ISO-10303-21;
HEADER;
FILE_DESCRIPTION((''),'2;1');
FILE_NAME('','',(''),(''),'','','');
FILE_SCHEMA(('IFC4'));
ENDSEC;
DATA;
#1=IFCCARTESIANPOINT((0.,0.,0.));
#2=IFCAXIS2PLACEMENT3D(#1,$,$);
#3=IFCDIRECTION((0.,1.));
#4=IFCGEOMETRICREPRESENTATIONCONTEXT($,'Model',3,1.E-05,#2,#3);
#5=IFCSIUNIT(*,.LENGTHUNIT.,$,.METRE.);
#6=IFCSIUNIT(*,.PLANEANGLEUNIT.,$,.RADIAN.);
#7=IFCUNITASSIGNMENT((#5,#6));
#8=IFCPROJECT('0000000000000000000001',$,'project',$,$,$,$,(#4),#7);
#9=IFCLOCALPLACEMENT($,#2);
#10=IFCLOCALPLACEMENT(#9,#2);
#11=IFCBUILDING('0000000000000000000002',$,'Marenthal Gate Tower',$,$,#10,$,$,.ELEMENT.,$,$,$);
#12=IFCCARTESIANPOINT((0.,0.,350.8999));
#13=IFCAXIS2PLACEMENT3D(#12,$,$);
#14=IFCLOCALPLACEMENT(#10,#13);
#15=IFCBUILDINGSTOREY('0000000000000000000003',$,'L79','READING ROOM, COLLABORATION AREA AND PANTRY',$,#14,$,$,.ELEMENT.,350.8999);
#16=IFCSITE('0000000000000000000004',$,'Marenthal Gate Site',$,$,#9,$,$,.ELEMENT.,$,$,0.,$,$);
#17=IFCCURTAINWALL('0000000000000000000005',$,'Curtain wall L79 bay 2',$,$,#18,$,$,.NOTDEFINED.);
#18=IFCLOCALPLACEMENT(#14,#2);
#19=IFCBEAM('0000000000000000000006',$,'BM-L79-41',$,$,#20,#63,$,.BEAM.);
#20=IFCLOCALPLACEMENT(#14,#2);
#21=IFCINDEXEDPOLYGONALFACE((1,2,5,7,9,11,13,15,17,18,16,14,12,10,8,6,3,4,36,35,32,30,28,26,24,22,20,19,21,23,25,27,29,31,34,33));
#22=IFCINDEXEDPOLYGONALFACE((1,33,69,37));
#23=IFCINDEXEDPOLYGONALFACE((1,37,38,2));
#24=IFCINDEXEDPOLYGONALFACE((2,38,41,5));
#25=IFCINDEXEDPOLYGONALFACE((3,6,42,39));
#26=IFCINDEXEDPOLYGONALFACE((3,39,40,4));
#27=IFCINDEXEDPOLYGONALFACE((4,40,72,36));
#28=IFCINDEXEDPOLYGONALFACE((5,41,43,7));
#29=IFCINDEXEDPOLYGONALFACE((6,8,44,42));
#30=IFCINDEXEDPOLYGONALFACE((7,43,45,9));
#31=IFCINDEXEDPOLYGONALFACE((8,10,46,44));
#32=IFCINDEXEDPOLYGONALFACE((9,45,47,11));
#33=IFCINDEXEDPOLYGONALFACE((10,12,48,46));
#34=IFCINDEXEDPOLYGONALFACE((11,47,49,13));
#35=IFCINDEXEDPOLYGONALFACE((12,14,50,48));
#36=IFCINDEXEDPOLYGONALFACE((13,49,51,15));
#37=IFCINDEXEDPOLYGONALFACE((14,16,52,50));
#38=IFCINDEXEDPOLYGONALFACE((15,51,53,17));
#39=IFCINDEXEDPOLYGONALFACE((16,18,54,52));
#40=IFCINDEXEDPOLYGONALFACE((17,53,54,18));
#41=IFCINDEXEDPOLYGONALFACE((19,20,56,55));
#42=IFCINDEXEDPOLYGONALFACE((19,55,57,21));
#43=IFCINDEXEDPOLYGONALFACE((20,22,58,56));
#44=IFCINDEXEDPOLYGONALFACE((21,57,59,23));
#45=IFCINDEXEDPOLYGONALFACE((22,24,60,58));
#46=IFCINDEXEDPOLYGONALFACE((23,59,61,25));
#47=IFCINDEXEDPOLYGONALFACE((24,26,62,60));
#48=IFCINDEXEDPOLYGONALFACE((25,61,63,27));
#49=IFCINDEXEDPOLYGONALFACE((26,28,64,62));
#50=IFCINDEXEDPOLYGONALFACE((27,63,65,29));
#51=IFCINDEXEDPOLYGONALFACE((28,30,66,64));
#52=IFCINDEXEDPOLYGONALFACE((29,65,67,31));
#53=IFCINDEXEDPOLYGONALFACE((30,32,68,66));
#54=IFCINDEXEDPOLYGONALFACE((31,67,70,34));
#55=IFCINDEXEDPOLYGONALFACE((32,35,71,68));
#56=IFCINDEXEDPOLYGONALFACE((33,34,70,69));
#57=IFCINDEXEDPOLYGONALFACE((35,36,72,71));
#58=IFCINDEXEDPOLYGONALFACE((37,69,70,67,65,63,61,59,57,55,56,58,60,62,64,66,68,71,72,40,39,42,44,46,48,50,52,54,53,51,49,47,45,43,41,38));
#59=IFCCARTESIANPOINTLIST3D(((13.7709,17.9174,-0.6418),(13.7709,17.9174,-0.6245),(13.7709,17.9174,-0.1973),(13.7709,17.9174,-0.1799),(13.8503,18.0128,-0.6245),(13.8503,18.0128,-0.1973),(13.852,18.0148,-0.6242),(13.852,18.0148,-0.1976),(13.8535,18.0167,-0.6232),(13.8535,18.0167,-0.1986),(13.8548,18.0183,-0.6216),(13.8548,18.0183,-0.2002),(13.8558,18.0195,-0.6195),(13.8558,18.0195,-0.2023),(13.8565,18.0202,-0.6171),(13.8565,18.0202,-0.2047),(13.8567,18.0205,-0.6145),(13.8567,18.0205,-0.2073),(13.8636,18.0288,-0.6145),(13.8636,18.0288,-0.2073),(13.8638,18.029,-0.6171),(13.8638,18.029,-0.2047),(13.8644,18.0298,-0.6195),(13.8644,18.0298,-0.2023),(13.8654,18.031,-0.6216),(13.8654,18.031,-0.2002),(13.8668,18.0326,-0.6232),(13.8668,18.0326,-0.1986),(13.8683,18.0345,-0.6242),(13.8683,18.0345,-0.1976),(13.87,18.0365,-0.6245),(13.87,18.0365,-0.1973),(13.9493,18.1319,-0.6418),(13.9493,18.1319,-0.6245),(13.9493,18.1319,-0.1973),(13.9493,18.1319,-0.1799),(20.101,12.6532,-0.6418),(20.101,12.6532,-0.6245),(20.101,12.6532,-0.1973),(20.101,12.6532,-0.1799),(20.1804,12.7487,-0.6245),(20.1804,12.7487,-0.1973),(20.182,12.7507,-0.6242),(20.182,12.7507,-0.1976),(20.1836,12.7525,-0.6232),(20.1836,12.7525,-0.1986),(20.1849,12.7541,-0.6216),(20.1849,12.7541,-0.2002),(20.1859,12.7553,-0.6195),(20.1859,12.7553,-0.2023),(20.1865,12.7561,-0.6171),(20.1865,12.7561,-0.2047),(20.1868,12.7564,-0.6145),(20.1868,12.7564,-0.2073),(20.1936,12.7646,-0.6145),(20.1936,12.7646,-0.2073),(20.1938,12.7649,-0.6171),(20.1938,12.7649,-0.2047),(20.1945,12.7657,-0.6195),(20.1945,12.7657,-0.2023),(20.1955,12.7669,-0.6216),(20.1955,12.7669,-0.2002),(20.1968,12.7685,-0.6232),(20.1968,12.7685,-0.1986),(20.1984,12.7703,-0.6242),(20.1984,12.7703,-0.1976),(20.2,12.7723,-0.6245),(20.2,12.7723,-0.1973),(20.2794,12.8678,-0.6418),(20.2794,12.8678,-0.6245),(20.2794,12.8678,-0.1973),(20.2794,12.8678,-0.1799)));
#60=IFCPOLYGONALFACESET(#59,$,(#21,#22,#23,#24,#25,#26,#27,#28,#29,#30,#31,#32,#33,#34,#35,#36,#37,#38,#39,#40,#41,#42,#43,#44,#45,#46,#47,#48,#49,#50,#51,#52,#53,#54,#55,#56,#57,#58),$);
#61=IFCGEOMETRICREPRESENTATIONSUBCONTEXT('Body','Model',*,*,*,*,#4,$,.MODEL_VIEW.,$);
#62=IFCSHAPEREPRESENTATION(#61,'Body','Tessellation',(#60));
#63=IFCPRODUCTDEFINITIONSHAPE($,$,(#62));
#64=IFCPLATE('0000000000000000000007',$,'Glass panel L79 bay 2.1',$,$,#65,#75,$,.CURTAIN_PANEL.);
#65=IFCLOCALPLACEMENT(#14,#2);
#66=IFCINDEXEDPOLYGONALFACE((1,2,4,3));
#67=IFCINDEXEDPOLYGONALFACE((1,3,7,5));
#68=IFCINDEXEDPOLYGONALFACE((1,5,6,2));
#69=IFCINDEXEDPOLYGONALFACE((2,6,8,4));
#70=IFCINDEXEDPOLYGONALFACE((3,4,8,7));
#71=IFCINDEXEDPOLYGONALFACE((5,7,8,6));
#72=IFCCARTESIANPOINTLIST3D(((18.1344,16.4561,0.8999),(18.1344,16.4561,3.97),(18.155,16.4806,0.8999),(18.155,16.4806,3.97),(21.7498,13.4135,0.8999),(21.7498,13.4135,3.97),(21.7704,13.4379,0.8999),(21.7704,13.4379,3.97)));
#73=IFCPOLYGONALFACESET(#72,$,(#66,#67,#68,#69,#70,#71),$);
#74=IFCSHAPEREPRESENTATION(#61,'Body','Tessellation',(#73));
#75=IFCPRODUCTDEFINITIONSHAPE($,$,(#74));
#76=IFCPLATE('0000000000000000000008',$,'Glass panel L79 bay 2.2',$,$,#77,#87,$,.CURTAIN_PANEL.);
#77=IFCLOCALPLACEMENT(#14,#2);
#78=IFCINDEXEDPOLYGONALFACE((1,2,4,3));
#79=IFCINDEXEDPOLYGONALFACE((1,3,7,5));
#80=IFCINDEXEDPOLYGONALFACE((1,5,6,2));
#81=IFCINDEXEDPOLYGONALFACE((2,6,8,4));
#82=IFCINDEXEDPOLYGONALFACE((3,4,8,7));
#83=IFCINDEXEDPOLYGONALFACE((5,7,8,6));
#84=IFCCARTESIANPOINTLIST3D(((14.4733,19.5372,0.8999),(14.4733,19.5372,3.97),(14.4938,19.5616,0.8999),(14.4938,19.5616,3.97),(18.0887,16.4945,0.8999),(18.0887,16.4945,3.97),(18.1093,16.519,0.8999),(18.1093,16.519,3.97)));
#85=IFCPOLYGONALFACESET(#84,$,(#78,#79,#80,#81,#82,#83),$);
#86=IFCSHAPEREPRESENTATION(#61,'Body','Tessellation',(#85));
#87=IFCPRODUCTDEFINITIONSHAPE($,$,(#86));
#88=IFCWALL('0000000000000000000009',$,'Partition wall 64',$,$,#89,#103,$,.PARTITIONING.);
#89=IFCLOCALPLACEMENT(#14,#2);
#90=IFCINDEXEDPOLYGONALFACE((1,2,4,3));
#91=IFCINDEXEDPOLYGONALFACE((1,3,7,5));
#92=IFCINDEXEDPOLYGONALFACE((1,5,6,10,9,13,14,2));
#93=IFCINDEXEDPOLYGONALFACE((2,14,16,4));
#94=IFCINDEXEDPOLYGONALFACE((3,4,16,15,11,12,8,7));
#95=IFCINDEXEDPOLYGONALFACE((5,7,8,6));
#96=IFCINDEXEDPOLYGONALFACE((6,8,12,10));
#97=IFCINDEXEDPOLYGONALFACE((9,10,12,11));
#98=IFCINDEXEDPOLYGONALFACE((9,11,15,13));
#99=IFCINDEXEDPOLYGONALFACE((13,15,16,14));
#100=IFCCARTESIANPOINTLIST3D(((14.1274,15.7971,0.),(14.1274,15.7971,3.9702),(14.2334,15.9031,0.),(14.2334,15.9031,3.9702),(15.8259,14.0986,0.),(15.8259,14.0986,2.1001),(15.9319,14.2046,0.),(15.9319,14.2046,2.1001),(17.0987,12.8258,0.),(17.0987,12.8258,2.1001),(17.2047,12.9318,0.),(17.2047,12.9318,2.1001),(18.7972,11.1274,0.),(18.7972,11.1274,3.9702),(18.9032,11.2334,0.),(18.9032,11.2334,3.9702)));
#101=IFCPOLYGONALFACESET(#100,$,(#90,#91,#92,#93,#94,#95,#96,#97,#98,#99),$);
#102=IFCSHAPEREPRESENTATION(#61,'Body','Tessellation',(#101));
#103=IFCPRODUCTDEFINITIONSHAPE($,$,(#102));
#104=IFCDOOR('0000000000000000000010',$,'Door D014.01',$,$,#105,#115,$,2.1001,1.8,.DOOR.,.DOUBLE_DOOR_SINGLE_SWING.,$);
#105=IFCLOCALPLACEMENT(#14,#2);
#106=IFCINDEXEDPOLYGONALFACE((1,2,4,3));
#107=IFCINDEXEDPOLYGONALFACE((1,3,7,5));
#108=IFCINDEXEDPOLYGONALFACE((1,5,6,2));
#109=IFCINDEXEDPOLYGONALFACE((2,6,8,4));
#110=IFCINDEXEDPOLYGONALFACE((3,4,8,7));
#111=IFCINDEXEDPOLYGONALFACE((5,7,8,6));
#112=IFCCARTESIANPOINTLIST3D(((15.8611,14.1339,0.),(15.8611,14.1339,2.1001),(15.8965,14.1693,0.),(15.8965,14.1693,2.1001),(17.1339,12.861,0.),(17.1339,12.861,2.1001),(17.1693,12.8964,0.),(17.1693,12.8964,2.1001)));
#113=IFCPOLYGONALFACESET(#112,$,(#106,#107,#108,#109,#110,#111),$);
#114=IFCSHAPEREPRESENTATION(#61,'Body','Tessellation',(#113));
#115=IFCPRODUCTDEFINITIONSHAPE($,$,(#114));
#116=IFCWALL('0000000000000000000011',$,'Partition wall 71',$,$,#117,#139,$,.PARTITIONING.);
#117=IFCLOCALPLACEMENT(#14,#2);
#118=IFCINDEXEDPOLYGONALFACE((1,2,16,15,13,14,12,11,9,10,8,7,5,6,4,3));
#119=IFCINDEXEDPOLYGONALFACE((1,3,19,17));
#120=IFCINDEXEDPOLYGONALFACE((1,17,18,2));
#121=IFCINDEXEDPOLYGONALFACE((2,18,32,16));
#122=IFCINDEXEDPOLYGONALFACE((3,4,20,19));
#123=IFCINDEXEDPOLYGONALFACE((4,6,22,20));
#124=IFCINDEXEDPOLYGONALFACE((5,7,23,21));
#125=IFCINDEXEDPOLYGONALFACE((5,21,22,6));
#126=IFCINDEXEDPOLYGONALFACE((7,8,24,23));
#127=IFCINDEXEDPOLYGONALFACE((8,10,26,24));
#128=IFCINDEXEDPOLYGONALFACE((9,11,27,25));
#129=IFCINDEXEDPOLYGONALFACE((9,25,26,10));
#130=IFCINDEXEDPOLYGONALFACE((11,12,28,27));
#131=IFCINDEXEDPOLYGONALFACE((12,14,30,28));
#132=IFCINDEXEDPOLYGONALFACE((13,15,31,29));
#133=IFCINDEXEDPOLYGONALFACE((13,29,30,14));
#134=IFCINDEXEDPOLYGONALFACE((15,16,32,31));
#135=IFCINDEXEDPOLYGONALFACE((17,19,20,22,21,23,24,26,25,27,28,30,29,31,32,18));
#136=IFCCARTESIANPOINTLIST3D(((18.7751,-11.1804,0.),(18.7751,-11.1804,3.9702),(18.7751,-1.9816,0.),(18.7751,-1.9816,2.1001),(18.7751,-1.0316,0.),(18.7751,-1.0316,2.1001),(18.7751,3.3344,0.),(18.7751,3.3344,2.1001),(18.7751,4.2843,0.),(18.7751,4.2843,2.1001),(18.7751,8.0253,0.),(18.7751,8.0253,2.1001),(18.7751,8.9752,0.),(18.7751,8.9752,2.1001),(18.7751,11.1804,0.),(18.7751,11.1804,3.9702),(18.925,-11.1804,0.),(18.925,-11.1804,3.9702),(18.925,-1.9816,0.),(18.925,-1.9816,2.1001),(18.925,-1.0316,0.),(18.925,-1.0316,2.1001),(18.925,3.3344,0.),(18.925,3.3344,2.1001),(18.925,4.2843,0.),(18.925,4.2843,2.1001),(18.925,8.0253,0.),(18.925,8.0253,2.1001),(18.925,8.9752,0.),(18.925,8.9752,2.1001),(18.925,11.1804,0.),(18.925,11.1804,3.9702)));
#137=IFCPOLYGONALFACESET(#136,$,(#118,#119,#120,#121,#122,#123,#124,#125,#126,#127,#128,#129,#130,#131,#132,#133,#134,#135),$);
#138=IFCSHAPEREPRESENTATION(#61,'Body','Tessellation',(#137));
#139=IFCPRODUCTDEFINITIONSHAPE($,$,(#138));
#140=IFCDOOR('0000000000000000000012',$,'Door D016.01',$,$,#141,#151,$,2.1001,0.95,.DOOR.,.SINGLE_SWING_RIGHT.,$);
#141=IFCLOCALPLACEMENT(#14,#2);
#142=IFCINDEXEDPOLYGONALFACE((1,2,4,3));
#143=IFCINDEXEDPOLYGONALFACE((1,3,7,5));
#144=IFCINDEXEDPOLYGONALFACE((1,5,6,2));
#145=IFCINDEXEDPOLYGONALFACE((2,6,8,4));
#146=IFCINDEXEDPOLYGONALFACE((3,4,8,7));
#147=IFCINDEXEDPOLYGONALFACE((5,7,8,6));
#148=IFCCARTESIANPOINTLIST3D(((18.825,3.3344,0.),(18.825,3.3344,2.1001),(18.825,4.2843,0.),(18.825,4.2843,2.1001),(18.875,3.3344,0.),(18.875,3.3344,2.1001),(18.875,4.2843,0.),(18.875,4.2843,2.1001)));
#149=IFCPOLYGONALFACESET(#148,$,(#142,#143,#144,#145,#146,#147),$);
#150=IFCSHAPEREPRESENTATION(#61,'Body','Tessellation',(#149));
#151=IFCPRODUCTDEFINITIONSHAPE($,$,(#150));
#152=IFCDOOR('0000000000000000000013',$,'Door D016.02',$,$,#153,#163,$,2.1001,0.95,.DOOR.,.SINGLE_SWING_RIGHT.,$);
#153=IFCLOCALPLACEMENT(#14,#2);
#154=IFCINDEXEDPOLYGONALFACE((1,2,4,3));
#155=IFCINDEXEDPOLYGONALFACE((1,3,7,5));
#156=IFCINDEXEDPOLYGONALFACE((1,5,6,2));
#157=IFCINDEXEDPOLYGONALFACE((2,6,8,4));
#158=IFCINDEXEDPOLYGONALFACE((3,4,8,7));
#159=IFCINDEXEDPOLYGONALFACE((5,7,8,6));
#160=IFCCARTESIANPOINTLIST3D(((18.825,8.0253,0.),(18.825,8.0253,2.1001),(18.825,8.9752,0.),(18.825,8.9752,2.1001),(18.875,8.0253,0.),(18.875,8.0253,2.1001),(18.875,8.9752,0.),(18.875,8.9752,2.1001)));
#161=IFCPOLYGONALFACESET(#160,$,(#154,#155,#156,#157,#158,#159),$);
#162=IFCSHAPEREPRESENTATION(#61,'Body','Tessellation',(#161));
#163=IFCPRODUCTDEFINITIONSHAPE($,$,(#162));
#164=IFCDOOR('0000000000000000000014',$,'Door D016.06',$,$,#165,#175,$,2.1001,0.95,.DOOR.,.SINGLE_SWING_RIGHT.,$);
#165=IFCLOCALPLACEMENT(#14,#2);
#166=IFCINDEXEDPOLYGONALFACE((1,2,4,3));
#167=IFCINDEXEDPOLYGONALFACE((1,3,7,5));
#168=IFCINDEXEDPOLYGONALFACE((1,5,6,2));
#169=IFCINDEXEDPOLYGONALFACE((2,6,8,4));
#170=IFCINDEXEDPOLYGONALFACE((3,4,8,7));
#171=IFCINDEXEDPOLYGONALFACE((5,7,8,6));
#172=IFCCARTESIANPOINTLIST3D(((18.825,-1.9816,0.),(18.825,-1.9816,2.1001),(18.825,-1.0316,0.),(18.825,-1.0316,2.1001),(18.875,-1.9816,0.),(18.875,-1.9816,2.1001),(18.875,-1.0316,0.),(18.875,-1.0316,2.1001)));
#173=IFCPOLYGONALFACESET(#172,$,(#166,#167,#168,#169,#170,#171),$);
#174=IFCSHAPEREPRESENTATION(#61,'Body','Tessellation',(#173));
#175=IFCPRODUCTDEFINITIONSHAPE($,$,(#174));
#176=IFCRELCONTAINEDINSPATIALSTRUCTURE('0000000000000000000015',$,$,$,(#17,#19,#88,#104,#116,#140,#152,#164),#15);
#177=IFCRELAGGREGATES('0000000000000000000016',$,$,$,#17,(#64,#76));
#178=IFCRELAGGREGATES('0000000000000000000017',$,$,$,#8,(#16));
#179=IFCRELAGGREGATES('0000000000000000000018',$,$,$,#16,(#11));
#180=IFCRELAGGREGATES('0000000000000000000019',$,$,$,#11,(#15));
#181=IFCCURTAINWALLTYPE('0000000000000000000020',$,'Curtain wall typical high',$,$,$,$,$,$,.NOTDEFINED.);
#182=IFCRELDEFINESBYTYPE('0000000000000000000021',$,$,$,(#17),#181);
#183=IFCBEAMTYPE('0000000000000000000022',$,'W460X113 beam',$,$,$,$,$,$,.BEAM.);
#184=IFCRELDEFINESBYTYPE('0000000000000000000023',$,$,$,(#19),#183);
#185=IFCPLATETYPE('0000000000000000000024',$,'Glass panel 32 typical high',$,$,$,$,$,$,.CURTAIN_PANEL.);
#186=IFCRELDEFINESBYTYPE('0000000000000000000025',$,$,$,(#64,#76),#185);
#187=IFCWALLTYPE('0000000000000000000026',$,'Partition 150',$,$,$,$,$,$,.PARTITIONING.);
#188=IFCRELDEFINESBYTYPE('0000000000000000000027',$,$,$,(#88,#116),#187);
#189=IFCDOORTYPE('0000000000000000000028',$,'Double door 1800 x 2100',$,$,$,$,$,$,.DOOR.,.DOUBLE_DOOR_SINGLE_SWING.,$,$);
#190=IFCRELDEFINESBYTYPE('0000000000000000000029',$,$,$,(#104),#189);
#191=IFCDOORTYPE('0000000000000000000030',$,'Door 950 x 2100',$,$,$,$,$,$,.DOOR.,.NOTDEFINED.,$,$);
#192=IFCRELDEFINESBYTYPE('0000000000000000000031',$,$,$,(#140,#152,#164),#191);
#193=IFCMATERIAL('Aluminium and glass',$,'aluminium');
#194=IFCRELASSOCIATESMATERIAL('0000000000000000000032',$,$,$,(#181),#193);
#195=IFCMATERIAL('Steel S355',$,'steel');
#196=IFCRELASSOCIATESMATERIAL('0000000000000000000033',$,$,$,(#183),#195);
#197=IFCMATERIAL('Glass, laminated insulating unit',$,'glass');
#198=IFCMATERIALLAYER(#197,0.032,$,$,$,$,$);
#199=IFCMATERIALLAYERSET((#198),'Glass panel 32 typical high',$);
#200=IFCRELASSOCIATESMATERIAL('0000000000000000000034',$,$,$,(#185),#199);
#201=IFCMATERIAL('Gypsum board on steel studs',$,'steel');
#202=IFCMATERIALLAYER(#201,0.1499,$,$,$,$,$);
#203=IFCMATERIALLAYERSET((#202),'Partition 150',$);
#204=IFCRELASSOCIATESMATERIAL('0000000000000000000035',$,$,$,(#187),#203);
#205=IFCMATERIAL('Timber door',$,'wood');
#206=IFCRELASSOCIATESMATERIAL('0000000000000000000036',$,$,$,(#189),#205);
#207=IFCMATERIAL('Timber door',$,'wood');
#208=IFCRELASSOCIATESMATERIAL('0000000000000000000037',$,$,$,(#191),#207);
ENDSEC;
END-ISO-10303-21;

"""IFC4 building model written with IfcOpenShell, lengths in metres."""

from ifc_helpers import new_model, si_unit, direction, frame, frame_2d, origin, origin_2d, place, context, subcontext, project, spatial, rectangle, i_section, extrude, material, layer, layer_set, material_profile, profile_set, type_object, element, fill, aggregate, save


model = new_model("IFC4")

# Units and contexts
model_context = context("Model", 3, precision=1e-05, world=origin(), true_north=direction((0.0, 1.0)))
body_context = subcontext(model_context, "Body", "Model", "MODEL_VIEW")
ifc_project = project(units=[si_unit("LENGTHUNIT", "METRE"), si_unit("PLANEANGLEUNIT", "RADIAN")], contexts=[model_context])

# Site, building, storey
site_placement = place(None, origin())
site = spatial("IfcSite", under=ifc_project, at=site_placement, Name="Marenthal Gate Site", CompositionType="ELEMENT", RefElevation=0.0)
building_placement = place(site_placement, origin())
building = spatial("IfcBuilding", under=site, at=building_placement, Name="Marenthal Gate Tower", CompositionType="ELEMENT")
storey_placement = place(building_placement, frame((0.0, 0.0, 350.8999)))
storey = spatial("IfcBuildingStorey", under=building, at=storey_placement, Name="L79", Description="READING ROOM, COLLABORATION AREA AND PANTRY", CompositionType="ELEMENT", Elevation=350.8999)

# Curtain wall
ifc_material_1 = material(Name="Aluminium and glass", Category="aluminium")
curtain_wall_type = type_object("IfcCurtainWallType", Name="Curtain wall typical high", PredefinedType="NOTDEFINED", material=ifc_material_1)
curtain_wall_placement = place(storey_placement, origin())
curtain_wall = element("IfcCurtainWall", 1, at=curtain_wall_placement, inside=storey, type_object=curtain_wall_type, Name="Curtain wall L79 bay 2", PredefinedType="NOTDEFINED")

# Beam
ifc_material_2 = material(Name="Steel S355", Category="steel")
ifc_material_profile_1 = material_profile(ifc_material_2, i_section(OverallWidth=0.2791, OverallDepth=0.4619, WebThickness=0.0107, FlangeThickness=0.0173, FilletRadius=0.01, at=origin_2d()), Name="W460X113")
ifc_profile_set_1 = profile_set([ifc_material_profile_1], Name="Steel S355")
beam_type_1 = type_object("IfcBeamType", Name="W460X113 beam", PredefinedType="BEAM", material=ifc_profile_set_1)
beam_1_placement = place(storey_placement, frame((20.1902, 12.7605, -0.4109), z_axis=(-0.768872, 0.639402, 0.0), x_axis=(-0.639402, -0.768872, 0.0)))
element("IfcBeam", 2, at=beam_1_placement, inside=storey, type_object=beam_type_1, Name="BM-L79-41", PredefinedType="BEAM", context=body_context, shape_type="SweptSolid", body=[
    extrude(i_section(OverallWidth=0.2791, OverallDepth=0.4619, WebThickness=0.0107, FlangeThickness=0.0173, FilletRadius=0.01, at=origin_2d()), origin(), (0.0, 0.0, 1.0), 8.2329),
])

# Plates
ifc_material_3 = material(Name="Glass, laminated insulating unit", Category="glass")
ifc_layer_1 = layer(ifc_material_3, 0.032)
ifc_layer_set_1 = layer_set([ifc_layer_1], Name="Glass panel 32 typical high")
plate_type = type_object("IfcPlateType", Name="Glass panel 32 typical high", PredefinedType="CURTAIN_PANEL", material=ifc_layer_set_1)
plate_1_placement = place(storey_placement, frame((19.9524, 14.947, 0.8999), z_axis=(0.0, 0.0, 1.0), x_axis=(-0.765113, 0.643896, 0.0)))
plate_1 = element("IfcPlate", 3, at=plate_1_placement, type_object=plate_type, Name="Glass panel L79 bay 2.1", PredefinedType="CURTAIN_PANEL", context=body_context, shape_type="SweptSolid", body=[
    extrude(rectangle(XDim=4.7253, YDim=0.032, at=origin_2d()), origin(), (0.0, 0.0, 1.0), 3.0701),
])
plate_2_placement = place(storey_placement, frame((16.2913, 18.0281, 0.8999), z_axis=(0.0, 0.0, 1.0), x_axis=(-0.765113, 0.643896, 0.0)))
plate_2 = element("IfcPlate", 4, at=plate_2_placement, type_object=plate_type, Name="Glass panel L79 bay 2.2", PredefinedType="CURTAIN_PANEL", context=body_context, shape_type="SweptSolid", body=[
    extrude(rectangle(XDim=4.7253, YDim=0.032, at=origin_2d()), origin(), (0.0, 0.0, 1.0), 3.0701),
])
aggregate(curtain_wall, [plate_1, plate_2])

# Wall, opening, door
ifc_material_4 = material(Name="Gypsum board on steel studs", Category="steel")
ifc_layer_2 = layer(ifc_material_4, 0.1499)
ifc_layer_set_2 = layer_set([ifc_layer_2], Name="Partition 150")
wall_type_1 = type_object("IfcWallType", Name="Partition 150", PredefinedType="PARTITIONING", material=ifc_layer_set_2)
wall_1_placement = place(storey_placement, frame((14.1804, 15.8501, 0.0), z_axis=(0.0, 0.0, 1.0), x_axis=(0.707107, -0.707107, 0.0)))
wall_1 = element("IfcWall", 5, at=wall_1_placement, inside=storey, type_object=wall_type_1, Name="Partition wall 64", PredefinedType="PARTITIONING", context=body_context, shape_type="SweptSolid", body=[
    extrude(rectangle(XDim=6.604, YDim=0.1499, at=frame_2d((3.302, 0.0))), origin(), (0.0, 0.0, 1.0), 3.9702),
])
opening_1_placement = place(wall_1_placement, frame((2.4021, 0.0, 0.0)))
opening_1 = element("IfcOpeningElement", 6, at=opening_1_placement, cuts=wall_1, PredefinedType="OPENING", context=body_context, shape_type="SweptSolid", body=[
    extrude(rectangle(XDim=1.8, YDim=2.1001, at=frame_2d((0.8999, 1.05))), frame((0.0, 0.085, 0.0), z_axis=(0.0, -1.0, 0.0), x_axis=(1.0, 0.0, 0.0)), (0.0, 0.0, 1.0), 0.1699),
])
ifc_material_5 = material(Name="Timber door", Category="wood")
door_type_1 = type_object("IfcDoorType", Name="Double door 1800 x 2100", OperationType="DOUBLE_DOOR_SINGLE_SWING", PredefinedType="DOOR", material=ifc_material_5)
door_1_placement = place(opening_1_placement, origin())
door_1 = element("IfcDoor", 7, at=door_1_placement, inside=storey, type_object=door_type_1, Name="Door D014.01", OperationType="DOUBLE_DOOR_SINGLE_SWING", OverallHeight=2.1001, OverallWidth=1.8, PredefinedType="DOOR", context=body_context, shape_type="SweptSolid", body=[
    extrude(rectangle(XDim=1.8, YDim=2.1001, at=frame_2d((0.8999, 1.05))), frame((0.0, 0.0249, 0.0), z_axis=(0.0, -1.0, 0.0), x_axis=(1.0, 0.0, 0.0)), (0.0, 0.0, 1.0), 0.05),
])
fill(opening_1, door_1)

# Wall, openings, doors
wall_2_placement = place(storey_placement, frame((18.8501, 11.1804, 0.0), z_axis=(0.0, 0.0, 1.0), x_axis=(0.0, -1.0, 0.0)))
wall_2 = element("IfcWall", 8, at=wall_2_placement, inside=storey, type_object=wall_type_1, Name="Partition wall 71", PredefinedType="PARTITIONING", context=body_context, shape_type="SweptSolid", body=[
    extrude(rectangle(XDim=22.3608, YDim=0.1499, at=frame_2d((11.1804, 0.0))), origin(), (0.0, 0.0, 1.0), 3.9702),
])
opening_2_placement = place(wall_2_placement, frame((6.896, 0.0, 0.0)))
opening_2 = element("IfcOpeningElement", 9, at=opening_2_placement, cuts=wall_2, PredefinedType="OPENING", context=body_context, shape_type="SweptSolid", body=[
    extrude(rectangle(XDim=0.95, YDim=2.1001, at=frame_2d((0.4751, 1.05))), frame((0.0, 0.085, 0.0), z_axis=(0.0, -1.0, 0.0), x_axis=(1.0, 0.0, 0.0)), (0.0, 0.0, 1.0), 0.1699),
])
opening_3_placement = place(wall_2_placement, frame((2.2051, 0.0, 0.0)))
opening_3 = element("IfcOpeningElement", 10, at=opening_3_placement, cuts=wall_2, PredefinedType="OPENING", context=body_context, shape_type="SweptSolid", body=[
    extrude(rectangle(XDim=0.95, YDim=2.1001, at=frame_2d((0.4751, 1.05))), frame((0.0, 0.085, 0.0), z_axis=(0.0, -1.0, 0.0), x_axis=(1.0, 0.0, 0.0)), (0.0, 0.0, 1.0), 0.1699),
])
opening_4_placement = place(wall_2_placement, frame((12.2119, 0.0, 0.0)))
opening_4 = element("IfcOpeningElement", 11, at=opening_4_placement, cuts=wall_2, PredefinedType="OPENING", context=body_context, shape_type="SweptSolid", body=[
    extrude(rectangle(XDim=0.95, YDim=2.1001, at=frame_2d((0.4751, 1.05))), frame((0.0, 0.085, 0.0), z_axis=(0.0, -1.0, 0.0), x_axis=(1.0, 0.0, 0.0)), (0.0, 0.0, 1.0), 0.1699),
])
ifc_material_6 = material(Name="Timber door", Category="wood")
door_type_2 = type_object("IfcDoorType", Name="Door 950 x 2100", OperationType="NOTDEFINED", PredefinedType="DOOR", material=ifc_material_6)
door_2_placement = place(opening_2_placement, origin())
door_2 = element("IfcDoor", 12, at=door_2_placement, inside=storey, type_object=door_type_2, Name="Door D016.01", OperationType="SINGLE_SWING_RIGHT", OverallHeight=2.1001, OverallWidth=0.95, PredefinedType="DOOR", context=body_context, shape_type="SweptSolid", body=[
    extrude(rectangle(XDim=0.95, YDim=2.1001, at=frame_2d((0.4751, 1.05))), frame((0.0, 0.0249, 0.0), z_axis=(0.0, -1.0, 0.0), x_axis=(1.0, 0.0, 0.0)), (0.0, 0.0, 1.0), 0.05),
])
fill(opening_2, door_2)
door_3_placement = place(opening_3_placement, origin())
door_3 = element("IfcDoor", 13, at=door_3_placement, inside=storey, type_object=door_type_2, Name="Door D016.02", OperationType="SINGLE_SWING_RIGHT", OverallHeight=2.1001, OverallWidth=0.95, PredefinedType="DOOR", context=body_context, shape_type="SweptSolid", body=[
    extrude(rectangle(XDim=0.95, YDim=2.1001, at=frame_2d((0.4751, 1.05))), frame((0.0, 0.0249, 0.0), z_axis=(0.0, -1.0, 0.0), x_axis=(1.0, 0.0, 0.0)), (0.0, 0.0, 1.0), 0.05),
])
fill(opening_3, door_3)
door_4_placement = place(opening_4_placement, origin())
door_4 = element("IfcDoor", 14, at=door_4_placement, inside=storey, type_object=door_type_2, Name="Door D016.06", OperationType="SINGLE_SWING_RIGHT", OverallHeight=2.1001, OverallWidth=0.95, PredefinedType="DOOR", context=body_context, shape_type="SweptSolid", body=[
    extrude(rectangle(XDim=0.95, YDim=2.1001, at=frame_2d((0.4751, 1.05))), frame((0.0, 0.0249, 0.0), z_axis=(0.0, -1.0, 0.0), x_axis=(1.0, 0.0, 0.0)), (0.0, 0.0, 1.0), 0.05),
])
fill(opening_4, door_4)

save(model, "model.ifc")
